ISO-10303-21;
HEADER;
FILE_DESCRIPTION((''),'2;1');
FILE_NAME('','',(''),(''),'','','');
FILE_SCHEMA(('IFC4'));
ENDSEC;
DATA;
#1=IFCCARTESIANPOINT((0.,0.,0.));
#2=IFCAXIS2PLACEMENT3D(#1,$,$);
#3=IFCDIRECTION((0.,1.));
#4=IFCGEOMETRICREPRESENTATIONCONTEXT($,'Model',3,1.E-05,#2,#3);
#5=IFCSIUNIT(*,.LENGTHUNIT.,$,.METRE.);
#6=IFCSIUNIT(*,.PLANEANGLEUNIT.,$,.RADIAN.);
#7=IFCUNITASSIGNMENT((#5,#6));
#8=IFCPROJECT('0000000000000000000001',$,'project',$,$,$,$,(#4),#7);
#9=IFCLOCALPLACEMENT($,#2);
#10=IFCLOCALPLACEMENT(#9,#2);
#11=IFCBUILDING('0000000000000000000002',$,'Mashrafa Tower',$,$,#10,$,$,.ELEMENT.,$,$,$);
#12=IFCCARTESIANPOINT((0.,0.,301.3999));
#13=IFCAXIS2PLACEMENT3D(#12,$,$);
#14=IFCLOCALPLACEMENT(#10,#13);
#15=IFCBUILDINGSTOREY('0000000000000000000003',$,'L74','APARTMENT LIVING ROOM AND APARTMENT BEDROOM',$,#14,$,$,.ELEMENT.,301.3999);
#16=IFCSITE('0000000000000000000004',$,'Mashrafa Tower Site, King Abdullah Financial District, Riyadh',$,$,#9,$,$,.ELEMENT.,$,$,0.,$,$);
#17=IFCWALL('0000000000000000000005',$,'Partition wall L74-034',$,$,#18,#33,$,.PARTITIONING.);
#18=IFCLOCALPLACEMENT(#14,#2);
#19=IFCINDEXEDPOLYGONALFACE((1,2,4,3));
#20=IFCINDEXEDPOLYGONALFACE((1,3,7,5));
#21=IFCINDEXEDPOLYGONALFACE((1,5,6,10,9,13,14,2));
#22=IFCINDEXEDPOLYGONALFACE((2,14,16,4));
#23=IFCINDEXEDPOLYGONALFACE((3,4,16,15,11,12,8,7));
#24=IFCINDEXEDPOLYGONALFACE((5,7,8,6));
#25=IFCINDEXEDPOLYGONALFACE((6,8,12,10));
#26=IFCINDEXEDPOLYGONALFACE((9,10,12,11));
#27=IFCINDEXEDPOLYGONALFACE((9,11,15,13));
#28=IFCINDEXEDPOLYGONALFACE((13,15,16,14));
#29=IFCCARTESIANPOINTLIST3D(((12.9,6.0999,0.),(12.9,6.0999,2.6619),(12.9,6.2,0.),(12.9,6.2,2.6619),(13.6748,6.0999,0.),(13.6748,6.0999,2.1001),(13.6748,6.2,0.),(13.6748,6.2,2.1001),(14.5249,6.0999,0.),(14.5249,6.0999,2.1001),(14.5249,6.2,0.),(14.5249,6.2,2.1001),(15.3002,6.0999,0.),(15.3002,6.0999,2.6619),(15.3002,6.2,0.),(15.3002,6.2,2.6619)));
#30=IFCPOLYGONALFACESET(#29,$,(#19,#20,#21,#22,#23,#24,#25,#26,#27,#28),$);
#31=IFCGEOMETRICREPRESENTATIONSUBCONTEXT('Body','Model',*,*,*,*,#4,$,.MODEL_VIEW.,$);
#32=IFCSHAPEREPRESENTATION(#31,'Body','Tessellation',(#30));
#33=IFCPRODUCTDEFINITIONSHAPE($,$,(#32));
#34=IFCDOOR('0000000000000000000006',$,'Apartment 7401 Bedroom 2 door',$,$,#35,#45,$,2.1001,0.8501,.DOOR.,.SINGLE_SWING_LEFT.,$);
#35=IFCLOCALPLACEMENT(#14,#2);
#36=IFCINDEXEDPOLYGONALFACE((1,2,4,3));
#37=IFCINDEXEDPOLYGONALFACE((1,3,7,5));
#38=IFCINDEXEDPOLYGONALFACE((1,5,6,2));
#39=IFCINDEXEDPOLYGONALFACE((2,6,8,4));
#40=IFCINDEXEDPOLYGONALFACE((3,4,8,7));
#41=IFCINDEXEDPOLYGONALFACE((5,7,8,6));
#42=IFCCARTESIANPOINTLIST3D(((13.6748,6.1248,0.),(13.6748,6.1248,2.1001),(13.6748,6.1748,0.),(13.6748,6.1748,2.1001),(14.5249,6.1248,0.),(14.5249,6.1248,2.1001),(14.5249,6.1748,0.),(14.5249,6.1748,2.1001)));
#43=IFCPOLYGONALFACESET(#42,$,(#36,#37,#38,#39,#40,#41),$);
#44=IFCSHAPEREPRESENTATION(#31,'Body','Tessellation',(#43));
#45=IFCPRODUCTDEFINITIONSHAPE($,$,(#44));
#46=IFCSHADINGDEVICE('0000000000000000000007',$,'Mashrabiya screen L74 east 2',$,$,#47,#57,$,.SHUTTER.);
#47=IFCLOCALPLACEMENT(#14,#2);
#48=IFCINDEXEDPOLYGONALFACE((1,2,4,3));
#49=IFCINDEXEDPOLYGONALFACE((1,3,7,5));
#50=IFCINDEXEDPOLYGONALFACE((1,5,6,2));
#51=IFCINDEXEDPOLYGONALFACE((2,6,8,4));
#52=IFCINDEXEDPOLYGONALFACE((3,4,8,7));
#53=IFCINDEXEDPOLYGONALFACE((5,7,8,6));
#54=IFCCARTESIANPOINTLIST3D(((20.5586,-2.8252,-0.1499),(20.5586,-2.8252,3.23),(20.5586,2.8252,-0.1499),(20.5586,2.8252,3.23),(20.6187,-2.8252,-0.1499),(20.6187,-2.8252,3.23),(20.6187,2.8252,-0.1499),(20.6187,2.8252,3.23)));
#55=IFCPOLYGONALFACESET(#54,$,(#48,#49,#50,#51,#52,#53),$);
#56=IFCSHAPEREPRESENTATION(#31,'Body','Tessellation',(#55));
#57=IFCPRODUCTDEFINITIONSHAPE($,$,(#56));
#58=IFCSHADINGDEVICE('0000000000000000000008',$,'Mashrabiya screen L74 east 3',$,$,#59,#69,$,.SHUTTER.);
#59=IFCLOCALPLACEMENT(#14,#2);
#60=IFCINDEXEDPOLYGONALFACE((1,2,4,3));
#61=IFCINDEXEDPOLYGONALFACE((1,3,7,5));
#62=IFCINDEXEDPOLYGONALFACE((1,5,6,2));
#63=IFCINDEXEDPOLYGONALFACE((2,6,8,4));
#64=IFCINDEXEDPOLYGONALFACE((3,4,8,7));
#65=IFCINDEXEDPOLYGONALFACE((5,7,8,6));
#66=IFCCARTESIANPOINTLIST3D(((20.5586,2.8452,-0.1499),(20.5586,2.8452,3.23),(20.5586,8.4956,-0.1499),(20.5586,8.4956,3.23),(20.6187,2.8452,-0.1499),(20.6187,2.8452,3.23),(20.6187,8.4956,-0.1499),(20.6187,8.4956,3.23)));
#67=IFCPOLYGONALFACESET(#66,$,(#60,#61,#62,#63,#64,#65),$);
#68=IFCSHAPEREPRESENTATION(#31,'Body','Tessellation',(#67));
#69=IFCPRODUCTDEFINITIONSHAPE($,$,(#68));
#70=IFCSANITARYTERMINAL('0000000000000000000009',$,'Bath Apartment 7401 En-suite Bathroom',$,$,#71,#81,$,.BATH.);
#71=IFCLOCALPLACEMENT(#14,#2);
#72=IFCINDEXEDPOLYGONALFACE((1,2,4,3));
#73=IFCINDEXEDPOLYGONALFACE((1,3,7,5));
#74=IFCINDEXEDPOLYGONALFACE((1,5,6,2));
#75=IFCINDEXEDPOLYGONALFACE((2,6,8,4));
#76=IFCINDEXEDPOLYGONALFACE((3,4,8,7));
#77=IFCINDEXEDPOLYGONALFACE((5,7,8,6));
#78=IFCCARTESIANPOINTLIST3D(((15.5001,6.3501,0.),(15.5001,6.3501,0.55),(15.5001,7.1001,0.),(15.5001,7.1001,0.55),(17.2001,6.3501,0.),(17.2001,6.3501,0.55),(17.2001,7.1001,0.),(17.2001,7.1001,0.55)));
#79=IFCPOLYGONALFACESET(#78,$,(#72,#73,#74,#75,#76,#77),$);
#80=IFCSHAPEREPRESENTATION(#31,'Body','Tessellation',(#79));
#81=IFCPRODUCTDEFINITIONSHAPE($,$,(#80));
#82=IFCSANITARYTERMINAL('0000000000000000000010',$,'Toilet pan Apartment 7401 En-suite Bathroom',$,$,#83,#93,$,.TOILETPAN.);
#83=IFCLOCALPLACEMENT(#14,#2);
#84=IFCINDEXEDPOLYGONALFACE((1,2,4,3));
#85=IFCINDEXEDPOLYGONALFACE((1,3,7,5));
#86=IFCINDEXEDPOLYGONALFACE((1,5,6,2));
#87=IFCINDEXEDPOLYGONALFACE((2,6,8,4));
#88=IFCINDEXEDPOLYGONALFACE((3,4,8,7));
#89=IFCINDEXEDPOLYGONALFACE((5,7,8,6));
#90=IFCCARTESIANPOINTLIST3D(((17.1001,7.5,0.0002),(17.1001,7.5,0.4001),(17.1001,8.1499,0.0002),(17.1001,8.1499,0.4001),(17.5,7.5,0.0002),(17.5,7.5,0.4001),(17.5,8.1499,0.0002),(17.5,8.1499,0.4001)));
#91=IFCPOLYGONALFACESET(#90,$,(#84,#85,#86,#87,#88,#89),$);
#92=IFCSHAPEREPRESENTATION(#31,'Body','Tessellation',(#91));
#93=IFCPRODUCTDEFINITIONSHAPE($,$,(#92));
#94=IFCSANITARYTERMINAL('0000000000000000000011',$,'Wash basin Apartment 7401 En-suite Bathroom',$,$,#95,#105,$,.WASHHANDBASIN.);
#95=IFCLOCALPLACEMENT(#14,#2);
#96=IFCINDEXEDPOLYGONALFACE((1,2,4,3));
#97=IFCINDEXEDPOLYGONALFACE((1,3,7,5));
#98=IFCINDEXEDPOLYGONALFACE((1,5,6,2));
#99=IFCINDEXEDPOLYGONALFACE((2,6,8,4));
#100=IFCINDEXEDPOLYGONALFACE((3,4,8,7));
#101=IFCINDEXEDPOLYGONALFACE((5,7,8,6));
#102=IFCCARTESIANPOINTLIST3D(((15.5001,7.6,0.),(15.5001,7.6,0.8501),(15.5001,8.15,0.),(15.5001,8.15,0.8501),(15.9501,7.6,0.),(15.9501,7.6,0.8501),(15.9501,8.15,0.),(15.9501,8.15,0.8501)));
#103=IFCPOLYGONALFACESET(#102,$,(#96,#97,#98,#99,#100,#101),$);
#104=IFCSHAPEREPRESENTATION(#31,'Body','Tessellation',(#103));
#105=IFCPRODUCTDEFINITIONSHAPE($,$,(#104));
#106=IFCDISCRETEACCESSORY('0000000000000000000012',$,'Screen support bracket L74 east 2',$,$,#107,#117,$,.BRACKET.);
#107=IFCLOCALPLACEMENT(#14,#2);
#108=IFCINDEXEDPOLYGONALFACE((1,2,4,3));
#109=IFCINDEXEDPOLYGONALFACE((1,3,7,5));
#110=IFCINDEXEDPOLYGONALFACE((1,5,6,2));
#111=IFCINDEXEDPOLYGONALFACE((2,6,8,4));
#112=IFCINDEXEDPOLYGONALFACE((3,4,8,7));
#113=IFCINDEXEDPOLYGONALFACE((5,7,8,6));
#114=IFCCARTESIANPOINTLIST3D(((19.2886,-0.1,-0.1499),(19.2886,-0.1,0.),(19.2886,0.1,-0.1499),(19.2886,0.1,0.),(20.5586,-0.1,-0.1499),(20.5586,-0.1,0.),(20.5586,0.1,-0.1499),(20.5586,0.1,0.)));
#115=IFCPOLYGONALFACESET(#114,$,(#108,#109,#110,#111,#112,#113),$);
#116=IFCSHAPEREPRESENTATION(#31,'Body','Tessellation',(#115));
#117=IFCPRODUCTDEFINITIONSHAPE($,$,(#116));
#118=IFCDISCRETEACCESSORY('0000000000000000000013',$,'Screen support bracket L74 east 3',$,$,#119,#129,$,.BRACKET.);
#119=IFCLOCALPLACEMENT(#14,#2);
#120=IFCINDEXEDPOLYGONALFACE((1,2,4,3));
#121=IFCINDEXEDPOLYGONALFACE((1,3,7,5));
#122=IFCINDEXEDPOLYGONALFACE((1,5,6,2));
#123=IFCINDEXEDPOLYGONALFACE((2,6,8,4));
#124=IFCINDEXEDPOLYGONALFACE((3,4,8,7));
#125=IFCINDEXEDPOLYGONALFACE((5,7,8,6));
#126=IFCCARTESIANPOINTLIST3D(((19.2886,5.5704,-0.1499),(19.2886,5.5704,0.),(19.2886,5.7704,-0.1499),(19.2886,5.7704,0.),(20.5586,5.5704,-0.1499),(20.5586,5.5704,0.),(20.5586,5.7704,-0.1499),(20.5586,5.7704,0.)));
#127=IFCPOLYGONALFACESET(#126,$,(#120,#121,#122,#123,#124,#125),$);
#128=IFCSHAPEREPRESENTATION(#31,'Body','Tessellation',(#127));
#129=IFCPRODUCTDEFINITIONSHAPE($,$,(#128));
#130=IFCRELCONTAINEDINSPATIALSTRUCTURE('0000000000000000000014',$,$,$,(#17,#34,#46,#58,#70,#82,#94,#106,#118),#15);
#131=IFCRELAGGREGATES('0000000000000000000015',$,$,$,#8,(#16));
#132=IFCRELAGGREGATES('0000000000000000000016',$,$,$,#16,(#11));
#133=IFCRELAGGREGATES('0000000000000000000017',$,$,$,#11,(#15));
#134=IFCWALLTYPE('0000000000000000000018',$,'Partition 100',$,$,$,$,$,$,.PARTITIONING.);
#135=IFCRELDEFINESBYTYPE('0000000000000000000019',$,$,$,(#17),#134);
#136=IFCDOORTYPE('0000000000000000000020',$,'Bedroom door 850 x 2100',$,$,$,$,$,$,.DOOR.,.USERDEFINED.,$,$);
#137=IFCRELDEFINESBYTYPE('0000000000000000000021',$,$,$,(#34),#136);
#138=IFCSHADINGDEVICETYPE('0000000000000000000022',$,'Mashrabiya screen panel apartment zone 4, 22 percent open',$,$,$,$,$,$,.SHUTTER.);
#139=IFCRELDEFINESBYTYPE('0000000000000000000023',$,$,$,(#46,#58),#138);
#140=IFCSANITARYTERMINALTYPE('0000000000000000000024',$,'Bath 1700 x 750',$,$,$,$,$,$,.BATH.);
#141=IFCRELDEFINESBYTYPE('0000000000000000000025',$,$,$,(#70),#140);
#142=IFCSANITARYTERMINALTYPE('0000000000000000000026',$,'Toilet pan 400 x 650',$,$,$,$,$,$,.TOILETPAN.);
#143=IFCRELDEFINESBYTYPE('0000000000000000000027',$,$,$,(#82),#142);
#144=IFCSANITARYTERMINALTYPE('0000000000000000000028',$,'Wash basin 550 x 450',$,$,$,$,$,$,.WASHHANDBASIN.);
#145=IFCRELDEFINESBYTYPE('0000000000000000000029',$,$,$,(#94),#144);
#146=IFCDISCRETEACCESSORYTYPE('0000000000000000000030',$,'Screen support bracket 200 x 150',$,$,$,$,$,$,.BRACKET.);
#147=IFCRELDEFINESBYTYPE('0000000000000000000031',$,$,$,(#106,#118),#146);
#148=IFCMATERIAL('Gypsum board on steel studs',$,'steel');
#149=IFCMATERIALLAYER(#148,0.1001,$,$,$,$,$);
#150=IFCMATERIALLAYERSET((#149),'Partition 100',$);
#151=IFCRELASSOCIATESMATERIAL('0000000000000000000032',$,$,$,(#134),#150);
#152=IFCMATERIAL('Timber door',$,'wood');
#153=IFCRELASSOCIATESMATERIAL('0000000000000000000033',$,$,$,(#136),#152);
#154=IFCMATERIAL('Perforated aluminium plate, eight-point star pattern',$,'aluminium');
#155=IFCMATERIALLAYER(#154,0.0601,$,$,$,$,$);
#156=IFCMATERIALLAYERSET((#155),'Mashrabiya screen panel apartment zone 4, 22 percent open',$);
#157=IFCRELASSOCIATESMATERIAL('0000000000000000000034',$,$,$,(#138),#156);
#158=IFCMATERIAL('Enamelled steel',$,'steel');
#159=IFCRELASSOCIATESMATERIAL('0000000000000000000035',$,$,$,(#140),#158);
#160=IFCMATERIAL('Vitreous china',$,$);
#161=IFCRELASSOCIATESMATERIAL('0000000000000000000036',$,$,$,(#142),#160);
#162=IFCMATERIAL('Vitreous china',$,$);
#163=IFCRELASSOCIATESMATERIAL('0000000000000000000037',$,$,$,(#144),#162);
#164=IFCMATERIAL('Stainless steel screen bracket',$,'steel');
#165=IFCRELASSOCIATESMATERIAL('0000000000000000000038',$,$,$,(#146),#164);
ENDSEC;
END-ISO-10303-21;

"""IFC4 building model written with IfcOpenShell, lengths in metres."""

from ifc_helpers import new_model, si_unit, direction, frame, frame_2d, origin, origin_2d, place, context, subcontext, project, spatial, rectangle, extrude, source, transform, mapped, material, layer, layer_set, type_object, type_shapes, element, fill, save


model = new_model("IFC4")

# Units and contexts
model_context = context("Model", 3, precision=1e-05, world=origin(), true_north=direction((0.0, 1.0)))
body_context = subcontext(model_context, "Body", "Model", "MODEL_VIEW")
ifc_project = project(units=[si_unit("LENGTHUNIT", "METRE"), si_unit("PLANEANGLEUNIT", "RADIAN")], contexts=[model_context])

# Site, building, storey
site_placement = place(None, origin())
site = spatial("IfcSite", under=ifc_project, at=site_placement, Name="Mashrafa Tower Site, King Abdullah Financial District, Riyadh", CompositionType="ELEMENT", RefElevation=0.0)
building_placement = place(site_placement, origin())
building = spatial("IfcBuilding", under=site, at=building_placement, Name="Mashrafa Tower", CompositionType="ELEMENT")
storey_placement = place(building_placement, frame((0.0, 0.0, 301.3999)))
storey = spatial("IfcBuildingStorey", under=building, at=storey_placement, Name="L74", Description="APARTMENT LIVING ROOM AND APARTMENT BEDROOM", CompositionType="ELEMENT", Elevation=301.3999)

# Shared definitions
ifc_material_1 = material(Name="Gypsum board on steel studs", Category="steel")
ifc_layer_1 = layer(ifc_material_1, 0.1001)
ifc_layer_set_1 = layer_set([ifc_layer_1], Name="Partition 100")
wall_type_1 = type_object("IfcWallType", Name="Partition 100", PredefinedType="PARTITIONING", material=ifc_layer_set_1)

# Shared definitions
ifc_material_2 = material(Name="Timber door", Category="wood")
door_type = type_object("IfcDoorType", Name="Bedroom door 850 x 2100", OperationType="USERDEFINED", PredefinedType="DOOR", material=ifc_material_2)

# Wall, opening, door
wall_1_placement = place(storey_placement, frame((12.8999, 6.1499, 0.0), z_axis=(0.0, 0.0, 1.0), x_axis=(1.0, 0.0, 0.0)))
wall_1 = element("IfcWall", 1, at=wall_1_placement, inside=storey, type_object=wall_type_1, Name="Partition wall L74-034", PredefinedType="PARTITIONING", context=body_context, shape_type="SweptSolid", body=[
    extrude(rectangle(XDim=2.4001, YDim=0.1001, at=frame_2d((1.2002, 0.0))), origin(), (0.0, 0.0, 1.0), 2.6619),
])
opening_1_placement = place(wall_1_placement, frame((0.7749, 0.0, 0.0)))
opening_1 = element("IfcOpeningElement", 2, at=opening_1_placement, cuts=wall_1, PredefinedType="OPENING", context=body_context, shape_type="SweptSolid", body=[
    extrude(rectangle(XDim=0.8501, YDim=2.1001, at=frame_2d((0.425, 1.05))), frame((0.0, 0.0601, 0.0), z_axis=(0.0, -1.0, 0.0), x_axis=(1.0, 0.0, 0.0)), (0.0, 0.0, 1.0), 0.1201),
])
door_1_placement = place(opening_1_placement, origin())
door_1 = element("IfcDoor", 3, at=door_1_placement, inside=storey, type_object=door_type, Name="Apartment 7401 Bedroom 2 door", OperationType="SINGLE_SWING_LEFT", OverallHeight=2.1001, OverallWidth=0.8501, PredefinedType="DOOR", context=body_context, shape_type="SweptSolid", body=[
    extrude(rectangle(XDim=0.8501, YDim=2.1001, at=frame_2d((0.425, 1.05))), frame((0.0, 0.0249, 0.0), z_axis=(0.0, -1.0, 0.0), x_axis=(1.0, 0.0, 0.0)), (0.0, 0.0, 1.0), 0.05),
])
fill(opening_1, door_1)

# Shading devices
ifc_material_3 = material(Name="Perforated aluminium plate, eight-point star pattern", Category="aluminium")
ifc_layer_2 = layer(ifc_material_3, 0.0601)
ifc_layer_set_2 = layer_set([ifc_layer_2], Name="Mashrabiya screen panel apartment zone 4, 22 percent open")
shading_device_type = type_object("IfcShadingDeviceType", Name="Mashrabiya screen panel apartment zone 4, 22 percent open", PredefinedType="SHUTTER", material=ifc_layer_set_2)
shared_shape_1 = source(origin(), body_context, "Body", "SweptSolid", [
    extrude(rectangle(XDim=5.6504, YDim=0.0601, at=origin_2d()), origin(), (0.0, 0.0, 1.0), 3.3799),
])
type_shapes(shading_device_type, [shared_shape_1])
for number, where, z_axis, x_axis, name in (
    (4, (20.5886, 0.0, -0.1499), (0.0, 0.0, 1.0), (0.0, 1.0, 0.0), "Mashrabiya screen L74 east 2"),
    (5, (20.5886, 5.6704, -0.1499), (0.0, 0.0, 1.0), (0.0, 1.0, 0.0), "Mashrabiya screen L74 east 3"),
):
    element("IfcShadingDevice", number, at=place(storey_placement, frame(where, z_axis=z_axis, x_axis=x_axis)), inside=storey, type_object=shading_device_type, Name=name, PredefinedType="SHUTTER", context=body_context, shape_type="MappedRepresentation", body=[
        mapped(shared_shape_1, transform((0.0, 0.0, 0.0))),
    ])

# Sanitary terminals
ifc_material_4 = material(Name="Enamelled steel", Category="steel")
sanitary_terminal_type_1 = type_object("IfcSanitaryTerminalType", Name="Bath 1700 x 750", PredefinedType="BATH", material=ifc_material_4)
sanitary_terminal_1_placement = place(storey_placement, frame((16.3501, 6.7251, 0.0), z_axis=(0.0, 0.0, 1.0), x_axis=(1.0, 0.0, 0.0)))
element("IfcSanitaryTerminal", 6, at=sanitary_terminal_1_placement, inside=storey, type_object=sanitary_terminal_type_1, Name="Bath Apartment 7401 En-suite Bathroom", PredefinedType="BATH", context=body_context, shape_type="SweptSolid", body=[
    extrude(rectangle(XDim=1.7, YDim=0.75, at=origin_2d()), origin(), (0.0, 0.0, 1.0), 0.55),
])
ifc_material_5 = material(Name="Vitreous china")
sanitary_terminal_type_2 = type_object("IfcSanitaryTerminalType", Name="Toilet pan 400 x 650", PredefinedType="TOILETPAN", material=ifc_material_5)
sanitary_terminal_2_placement = place(storey_placement, frame((17.3, 7.825, 0.0002), z_axis=(0.0, 0.0, 1.0), x_axis=(-1.0, 0.0, 0.0)))
element("IfcSanitaryTerminal", 7, at=sanitary_terminal_2_placement, inside=storey, type_object=sanitary_terminal_type_2, Name="Toilet pan Apartment 7401 En-suite Bathroom", PredefinedType="TOILETPAN", context=body_context, shape_type="SweptSolid", body=[
    extrude(rectangle(XDim=0.3999, YDim=0.6499, at=origin_2d()), origin(), (0.0, 0.0, 1.0), 0.3999),
])
ifc_material_6 = material(Name="Vitreous china")
sanitary_terminal_type_3 = type_object("IfcSanitaryTerminalType", Name="Wash basin 550 x 450", PredefinedType="WASHHANDBASIN", material=ifc_material_6)
sanitary_terminal_3_placement = place(storey_placement, frame((15.7251, 7.875, 0.0), z_axis=(0.0, 0.0, 1.0), x_axis=(0.0, -1.0, 0.0)))
element("IfcSanitaryTerminal", 8, at=sanitary_terminal_3_placement, inside=storey, type_object=sanitary_terminal_type_3, Name="Wash basin Apartment 7401 En-suite Bathroom", PredefinedType="WASHHANDBASIN", context=body_context, shape_type="SweptSolid", body=[
    extrude(rectangle(XDim=0.55, YDim=0.45, at=origin_2d()), origin(), (0.0, 0.0, 1.0), 0.8501),
])

# Discrete accessories
ifc_material_7 = material(Name="Stainless steel screen bracket", Category="steel")
discrete_accessory_type = type_object("IfcDiscreteAccessoryType", Name="Screen support bracket 200 x 150", PredefinedType="BRACKET", material=ifc_material_7)
shared_shape_2 = source(origin(), body_context, "Body", "SweptSolid", [
    extrude(rectangle(XDim=0.2, YDim=1.27, at=origin_2d()), origin(), (0.0, 0.0, 1.0), 0.1499),
])
type_shapes(discrete_accessory_type, [shared_shape_2])
for number, where, z_axis, x_axis, name in (
    (9, (19.9236, 0.0, -0.1499), (0.0, 0.0, 1.0), (0.0, 1.0, 0.0), "Screen support bracket L74 east 2"),
    (10, (19.9236, 5.6704, -0.1499), (0.0, 0.0, 1.0), (0.0, 1.0, 0.0), "Screen support bracket L74 east 3"),
):
    element("IfcDiscreteAccessory", number, at=place(storey_placement, frame(where, z_axis=z_axis, x_axis=x_axis)), inside=storey, type_object=discrete_accessory_type, Name=name, PredefinedType="BRACKET", context=body_context, shape_type="MappedRepresentation", body=[
        mapped(shared_shape_2, transform((0.0, 0.0, 0.0))),
    ])

save(model, "model.ifc")
